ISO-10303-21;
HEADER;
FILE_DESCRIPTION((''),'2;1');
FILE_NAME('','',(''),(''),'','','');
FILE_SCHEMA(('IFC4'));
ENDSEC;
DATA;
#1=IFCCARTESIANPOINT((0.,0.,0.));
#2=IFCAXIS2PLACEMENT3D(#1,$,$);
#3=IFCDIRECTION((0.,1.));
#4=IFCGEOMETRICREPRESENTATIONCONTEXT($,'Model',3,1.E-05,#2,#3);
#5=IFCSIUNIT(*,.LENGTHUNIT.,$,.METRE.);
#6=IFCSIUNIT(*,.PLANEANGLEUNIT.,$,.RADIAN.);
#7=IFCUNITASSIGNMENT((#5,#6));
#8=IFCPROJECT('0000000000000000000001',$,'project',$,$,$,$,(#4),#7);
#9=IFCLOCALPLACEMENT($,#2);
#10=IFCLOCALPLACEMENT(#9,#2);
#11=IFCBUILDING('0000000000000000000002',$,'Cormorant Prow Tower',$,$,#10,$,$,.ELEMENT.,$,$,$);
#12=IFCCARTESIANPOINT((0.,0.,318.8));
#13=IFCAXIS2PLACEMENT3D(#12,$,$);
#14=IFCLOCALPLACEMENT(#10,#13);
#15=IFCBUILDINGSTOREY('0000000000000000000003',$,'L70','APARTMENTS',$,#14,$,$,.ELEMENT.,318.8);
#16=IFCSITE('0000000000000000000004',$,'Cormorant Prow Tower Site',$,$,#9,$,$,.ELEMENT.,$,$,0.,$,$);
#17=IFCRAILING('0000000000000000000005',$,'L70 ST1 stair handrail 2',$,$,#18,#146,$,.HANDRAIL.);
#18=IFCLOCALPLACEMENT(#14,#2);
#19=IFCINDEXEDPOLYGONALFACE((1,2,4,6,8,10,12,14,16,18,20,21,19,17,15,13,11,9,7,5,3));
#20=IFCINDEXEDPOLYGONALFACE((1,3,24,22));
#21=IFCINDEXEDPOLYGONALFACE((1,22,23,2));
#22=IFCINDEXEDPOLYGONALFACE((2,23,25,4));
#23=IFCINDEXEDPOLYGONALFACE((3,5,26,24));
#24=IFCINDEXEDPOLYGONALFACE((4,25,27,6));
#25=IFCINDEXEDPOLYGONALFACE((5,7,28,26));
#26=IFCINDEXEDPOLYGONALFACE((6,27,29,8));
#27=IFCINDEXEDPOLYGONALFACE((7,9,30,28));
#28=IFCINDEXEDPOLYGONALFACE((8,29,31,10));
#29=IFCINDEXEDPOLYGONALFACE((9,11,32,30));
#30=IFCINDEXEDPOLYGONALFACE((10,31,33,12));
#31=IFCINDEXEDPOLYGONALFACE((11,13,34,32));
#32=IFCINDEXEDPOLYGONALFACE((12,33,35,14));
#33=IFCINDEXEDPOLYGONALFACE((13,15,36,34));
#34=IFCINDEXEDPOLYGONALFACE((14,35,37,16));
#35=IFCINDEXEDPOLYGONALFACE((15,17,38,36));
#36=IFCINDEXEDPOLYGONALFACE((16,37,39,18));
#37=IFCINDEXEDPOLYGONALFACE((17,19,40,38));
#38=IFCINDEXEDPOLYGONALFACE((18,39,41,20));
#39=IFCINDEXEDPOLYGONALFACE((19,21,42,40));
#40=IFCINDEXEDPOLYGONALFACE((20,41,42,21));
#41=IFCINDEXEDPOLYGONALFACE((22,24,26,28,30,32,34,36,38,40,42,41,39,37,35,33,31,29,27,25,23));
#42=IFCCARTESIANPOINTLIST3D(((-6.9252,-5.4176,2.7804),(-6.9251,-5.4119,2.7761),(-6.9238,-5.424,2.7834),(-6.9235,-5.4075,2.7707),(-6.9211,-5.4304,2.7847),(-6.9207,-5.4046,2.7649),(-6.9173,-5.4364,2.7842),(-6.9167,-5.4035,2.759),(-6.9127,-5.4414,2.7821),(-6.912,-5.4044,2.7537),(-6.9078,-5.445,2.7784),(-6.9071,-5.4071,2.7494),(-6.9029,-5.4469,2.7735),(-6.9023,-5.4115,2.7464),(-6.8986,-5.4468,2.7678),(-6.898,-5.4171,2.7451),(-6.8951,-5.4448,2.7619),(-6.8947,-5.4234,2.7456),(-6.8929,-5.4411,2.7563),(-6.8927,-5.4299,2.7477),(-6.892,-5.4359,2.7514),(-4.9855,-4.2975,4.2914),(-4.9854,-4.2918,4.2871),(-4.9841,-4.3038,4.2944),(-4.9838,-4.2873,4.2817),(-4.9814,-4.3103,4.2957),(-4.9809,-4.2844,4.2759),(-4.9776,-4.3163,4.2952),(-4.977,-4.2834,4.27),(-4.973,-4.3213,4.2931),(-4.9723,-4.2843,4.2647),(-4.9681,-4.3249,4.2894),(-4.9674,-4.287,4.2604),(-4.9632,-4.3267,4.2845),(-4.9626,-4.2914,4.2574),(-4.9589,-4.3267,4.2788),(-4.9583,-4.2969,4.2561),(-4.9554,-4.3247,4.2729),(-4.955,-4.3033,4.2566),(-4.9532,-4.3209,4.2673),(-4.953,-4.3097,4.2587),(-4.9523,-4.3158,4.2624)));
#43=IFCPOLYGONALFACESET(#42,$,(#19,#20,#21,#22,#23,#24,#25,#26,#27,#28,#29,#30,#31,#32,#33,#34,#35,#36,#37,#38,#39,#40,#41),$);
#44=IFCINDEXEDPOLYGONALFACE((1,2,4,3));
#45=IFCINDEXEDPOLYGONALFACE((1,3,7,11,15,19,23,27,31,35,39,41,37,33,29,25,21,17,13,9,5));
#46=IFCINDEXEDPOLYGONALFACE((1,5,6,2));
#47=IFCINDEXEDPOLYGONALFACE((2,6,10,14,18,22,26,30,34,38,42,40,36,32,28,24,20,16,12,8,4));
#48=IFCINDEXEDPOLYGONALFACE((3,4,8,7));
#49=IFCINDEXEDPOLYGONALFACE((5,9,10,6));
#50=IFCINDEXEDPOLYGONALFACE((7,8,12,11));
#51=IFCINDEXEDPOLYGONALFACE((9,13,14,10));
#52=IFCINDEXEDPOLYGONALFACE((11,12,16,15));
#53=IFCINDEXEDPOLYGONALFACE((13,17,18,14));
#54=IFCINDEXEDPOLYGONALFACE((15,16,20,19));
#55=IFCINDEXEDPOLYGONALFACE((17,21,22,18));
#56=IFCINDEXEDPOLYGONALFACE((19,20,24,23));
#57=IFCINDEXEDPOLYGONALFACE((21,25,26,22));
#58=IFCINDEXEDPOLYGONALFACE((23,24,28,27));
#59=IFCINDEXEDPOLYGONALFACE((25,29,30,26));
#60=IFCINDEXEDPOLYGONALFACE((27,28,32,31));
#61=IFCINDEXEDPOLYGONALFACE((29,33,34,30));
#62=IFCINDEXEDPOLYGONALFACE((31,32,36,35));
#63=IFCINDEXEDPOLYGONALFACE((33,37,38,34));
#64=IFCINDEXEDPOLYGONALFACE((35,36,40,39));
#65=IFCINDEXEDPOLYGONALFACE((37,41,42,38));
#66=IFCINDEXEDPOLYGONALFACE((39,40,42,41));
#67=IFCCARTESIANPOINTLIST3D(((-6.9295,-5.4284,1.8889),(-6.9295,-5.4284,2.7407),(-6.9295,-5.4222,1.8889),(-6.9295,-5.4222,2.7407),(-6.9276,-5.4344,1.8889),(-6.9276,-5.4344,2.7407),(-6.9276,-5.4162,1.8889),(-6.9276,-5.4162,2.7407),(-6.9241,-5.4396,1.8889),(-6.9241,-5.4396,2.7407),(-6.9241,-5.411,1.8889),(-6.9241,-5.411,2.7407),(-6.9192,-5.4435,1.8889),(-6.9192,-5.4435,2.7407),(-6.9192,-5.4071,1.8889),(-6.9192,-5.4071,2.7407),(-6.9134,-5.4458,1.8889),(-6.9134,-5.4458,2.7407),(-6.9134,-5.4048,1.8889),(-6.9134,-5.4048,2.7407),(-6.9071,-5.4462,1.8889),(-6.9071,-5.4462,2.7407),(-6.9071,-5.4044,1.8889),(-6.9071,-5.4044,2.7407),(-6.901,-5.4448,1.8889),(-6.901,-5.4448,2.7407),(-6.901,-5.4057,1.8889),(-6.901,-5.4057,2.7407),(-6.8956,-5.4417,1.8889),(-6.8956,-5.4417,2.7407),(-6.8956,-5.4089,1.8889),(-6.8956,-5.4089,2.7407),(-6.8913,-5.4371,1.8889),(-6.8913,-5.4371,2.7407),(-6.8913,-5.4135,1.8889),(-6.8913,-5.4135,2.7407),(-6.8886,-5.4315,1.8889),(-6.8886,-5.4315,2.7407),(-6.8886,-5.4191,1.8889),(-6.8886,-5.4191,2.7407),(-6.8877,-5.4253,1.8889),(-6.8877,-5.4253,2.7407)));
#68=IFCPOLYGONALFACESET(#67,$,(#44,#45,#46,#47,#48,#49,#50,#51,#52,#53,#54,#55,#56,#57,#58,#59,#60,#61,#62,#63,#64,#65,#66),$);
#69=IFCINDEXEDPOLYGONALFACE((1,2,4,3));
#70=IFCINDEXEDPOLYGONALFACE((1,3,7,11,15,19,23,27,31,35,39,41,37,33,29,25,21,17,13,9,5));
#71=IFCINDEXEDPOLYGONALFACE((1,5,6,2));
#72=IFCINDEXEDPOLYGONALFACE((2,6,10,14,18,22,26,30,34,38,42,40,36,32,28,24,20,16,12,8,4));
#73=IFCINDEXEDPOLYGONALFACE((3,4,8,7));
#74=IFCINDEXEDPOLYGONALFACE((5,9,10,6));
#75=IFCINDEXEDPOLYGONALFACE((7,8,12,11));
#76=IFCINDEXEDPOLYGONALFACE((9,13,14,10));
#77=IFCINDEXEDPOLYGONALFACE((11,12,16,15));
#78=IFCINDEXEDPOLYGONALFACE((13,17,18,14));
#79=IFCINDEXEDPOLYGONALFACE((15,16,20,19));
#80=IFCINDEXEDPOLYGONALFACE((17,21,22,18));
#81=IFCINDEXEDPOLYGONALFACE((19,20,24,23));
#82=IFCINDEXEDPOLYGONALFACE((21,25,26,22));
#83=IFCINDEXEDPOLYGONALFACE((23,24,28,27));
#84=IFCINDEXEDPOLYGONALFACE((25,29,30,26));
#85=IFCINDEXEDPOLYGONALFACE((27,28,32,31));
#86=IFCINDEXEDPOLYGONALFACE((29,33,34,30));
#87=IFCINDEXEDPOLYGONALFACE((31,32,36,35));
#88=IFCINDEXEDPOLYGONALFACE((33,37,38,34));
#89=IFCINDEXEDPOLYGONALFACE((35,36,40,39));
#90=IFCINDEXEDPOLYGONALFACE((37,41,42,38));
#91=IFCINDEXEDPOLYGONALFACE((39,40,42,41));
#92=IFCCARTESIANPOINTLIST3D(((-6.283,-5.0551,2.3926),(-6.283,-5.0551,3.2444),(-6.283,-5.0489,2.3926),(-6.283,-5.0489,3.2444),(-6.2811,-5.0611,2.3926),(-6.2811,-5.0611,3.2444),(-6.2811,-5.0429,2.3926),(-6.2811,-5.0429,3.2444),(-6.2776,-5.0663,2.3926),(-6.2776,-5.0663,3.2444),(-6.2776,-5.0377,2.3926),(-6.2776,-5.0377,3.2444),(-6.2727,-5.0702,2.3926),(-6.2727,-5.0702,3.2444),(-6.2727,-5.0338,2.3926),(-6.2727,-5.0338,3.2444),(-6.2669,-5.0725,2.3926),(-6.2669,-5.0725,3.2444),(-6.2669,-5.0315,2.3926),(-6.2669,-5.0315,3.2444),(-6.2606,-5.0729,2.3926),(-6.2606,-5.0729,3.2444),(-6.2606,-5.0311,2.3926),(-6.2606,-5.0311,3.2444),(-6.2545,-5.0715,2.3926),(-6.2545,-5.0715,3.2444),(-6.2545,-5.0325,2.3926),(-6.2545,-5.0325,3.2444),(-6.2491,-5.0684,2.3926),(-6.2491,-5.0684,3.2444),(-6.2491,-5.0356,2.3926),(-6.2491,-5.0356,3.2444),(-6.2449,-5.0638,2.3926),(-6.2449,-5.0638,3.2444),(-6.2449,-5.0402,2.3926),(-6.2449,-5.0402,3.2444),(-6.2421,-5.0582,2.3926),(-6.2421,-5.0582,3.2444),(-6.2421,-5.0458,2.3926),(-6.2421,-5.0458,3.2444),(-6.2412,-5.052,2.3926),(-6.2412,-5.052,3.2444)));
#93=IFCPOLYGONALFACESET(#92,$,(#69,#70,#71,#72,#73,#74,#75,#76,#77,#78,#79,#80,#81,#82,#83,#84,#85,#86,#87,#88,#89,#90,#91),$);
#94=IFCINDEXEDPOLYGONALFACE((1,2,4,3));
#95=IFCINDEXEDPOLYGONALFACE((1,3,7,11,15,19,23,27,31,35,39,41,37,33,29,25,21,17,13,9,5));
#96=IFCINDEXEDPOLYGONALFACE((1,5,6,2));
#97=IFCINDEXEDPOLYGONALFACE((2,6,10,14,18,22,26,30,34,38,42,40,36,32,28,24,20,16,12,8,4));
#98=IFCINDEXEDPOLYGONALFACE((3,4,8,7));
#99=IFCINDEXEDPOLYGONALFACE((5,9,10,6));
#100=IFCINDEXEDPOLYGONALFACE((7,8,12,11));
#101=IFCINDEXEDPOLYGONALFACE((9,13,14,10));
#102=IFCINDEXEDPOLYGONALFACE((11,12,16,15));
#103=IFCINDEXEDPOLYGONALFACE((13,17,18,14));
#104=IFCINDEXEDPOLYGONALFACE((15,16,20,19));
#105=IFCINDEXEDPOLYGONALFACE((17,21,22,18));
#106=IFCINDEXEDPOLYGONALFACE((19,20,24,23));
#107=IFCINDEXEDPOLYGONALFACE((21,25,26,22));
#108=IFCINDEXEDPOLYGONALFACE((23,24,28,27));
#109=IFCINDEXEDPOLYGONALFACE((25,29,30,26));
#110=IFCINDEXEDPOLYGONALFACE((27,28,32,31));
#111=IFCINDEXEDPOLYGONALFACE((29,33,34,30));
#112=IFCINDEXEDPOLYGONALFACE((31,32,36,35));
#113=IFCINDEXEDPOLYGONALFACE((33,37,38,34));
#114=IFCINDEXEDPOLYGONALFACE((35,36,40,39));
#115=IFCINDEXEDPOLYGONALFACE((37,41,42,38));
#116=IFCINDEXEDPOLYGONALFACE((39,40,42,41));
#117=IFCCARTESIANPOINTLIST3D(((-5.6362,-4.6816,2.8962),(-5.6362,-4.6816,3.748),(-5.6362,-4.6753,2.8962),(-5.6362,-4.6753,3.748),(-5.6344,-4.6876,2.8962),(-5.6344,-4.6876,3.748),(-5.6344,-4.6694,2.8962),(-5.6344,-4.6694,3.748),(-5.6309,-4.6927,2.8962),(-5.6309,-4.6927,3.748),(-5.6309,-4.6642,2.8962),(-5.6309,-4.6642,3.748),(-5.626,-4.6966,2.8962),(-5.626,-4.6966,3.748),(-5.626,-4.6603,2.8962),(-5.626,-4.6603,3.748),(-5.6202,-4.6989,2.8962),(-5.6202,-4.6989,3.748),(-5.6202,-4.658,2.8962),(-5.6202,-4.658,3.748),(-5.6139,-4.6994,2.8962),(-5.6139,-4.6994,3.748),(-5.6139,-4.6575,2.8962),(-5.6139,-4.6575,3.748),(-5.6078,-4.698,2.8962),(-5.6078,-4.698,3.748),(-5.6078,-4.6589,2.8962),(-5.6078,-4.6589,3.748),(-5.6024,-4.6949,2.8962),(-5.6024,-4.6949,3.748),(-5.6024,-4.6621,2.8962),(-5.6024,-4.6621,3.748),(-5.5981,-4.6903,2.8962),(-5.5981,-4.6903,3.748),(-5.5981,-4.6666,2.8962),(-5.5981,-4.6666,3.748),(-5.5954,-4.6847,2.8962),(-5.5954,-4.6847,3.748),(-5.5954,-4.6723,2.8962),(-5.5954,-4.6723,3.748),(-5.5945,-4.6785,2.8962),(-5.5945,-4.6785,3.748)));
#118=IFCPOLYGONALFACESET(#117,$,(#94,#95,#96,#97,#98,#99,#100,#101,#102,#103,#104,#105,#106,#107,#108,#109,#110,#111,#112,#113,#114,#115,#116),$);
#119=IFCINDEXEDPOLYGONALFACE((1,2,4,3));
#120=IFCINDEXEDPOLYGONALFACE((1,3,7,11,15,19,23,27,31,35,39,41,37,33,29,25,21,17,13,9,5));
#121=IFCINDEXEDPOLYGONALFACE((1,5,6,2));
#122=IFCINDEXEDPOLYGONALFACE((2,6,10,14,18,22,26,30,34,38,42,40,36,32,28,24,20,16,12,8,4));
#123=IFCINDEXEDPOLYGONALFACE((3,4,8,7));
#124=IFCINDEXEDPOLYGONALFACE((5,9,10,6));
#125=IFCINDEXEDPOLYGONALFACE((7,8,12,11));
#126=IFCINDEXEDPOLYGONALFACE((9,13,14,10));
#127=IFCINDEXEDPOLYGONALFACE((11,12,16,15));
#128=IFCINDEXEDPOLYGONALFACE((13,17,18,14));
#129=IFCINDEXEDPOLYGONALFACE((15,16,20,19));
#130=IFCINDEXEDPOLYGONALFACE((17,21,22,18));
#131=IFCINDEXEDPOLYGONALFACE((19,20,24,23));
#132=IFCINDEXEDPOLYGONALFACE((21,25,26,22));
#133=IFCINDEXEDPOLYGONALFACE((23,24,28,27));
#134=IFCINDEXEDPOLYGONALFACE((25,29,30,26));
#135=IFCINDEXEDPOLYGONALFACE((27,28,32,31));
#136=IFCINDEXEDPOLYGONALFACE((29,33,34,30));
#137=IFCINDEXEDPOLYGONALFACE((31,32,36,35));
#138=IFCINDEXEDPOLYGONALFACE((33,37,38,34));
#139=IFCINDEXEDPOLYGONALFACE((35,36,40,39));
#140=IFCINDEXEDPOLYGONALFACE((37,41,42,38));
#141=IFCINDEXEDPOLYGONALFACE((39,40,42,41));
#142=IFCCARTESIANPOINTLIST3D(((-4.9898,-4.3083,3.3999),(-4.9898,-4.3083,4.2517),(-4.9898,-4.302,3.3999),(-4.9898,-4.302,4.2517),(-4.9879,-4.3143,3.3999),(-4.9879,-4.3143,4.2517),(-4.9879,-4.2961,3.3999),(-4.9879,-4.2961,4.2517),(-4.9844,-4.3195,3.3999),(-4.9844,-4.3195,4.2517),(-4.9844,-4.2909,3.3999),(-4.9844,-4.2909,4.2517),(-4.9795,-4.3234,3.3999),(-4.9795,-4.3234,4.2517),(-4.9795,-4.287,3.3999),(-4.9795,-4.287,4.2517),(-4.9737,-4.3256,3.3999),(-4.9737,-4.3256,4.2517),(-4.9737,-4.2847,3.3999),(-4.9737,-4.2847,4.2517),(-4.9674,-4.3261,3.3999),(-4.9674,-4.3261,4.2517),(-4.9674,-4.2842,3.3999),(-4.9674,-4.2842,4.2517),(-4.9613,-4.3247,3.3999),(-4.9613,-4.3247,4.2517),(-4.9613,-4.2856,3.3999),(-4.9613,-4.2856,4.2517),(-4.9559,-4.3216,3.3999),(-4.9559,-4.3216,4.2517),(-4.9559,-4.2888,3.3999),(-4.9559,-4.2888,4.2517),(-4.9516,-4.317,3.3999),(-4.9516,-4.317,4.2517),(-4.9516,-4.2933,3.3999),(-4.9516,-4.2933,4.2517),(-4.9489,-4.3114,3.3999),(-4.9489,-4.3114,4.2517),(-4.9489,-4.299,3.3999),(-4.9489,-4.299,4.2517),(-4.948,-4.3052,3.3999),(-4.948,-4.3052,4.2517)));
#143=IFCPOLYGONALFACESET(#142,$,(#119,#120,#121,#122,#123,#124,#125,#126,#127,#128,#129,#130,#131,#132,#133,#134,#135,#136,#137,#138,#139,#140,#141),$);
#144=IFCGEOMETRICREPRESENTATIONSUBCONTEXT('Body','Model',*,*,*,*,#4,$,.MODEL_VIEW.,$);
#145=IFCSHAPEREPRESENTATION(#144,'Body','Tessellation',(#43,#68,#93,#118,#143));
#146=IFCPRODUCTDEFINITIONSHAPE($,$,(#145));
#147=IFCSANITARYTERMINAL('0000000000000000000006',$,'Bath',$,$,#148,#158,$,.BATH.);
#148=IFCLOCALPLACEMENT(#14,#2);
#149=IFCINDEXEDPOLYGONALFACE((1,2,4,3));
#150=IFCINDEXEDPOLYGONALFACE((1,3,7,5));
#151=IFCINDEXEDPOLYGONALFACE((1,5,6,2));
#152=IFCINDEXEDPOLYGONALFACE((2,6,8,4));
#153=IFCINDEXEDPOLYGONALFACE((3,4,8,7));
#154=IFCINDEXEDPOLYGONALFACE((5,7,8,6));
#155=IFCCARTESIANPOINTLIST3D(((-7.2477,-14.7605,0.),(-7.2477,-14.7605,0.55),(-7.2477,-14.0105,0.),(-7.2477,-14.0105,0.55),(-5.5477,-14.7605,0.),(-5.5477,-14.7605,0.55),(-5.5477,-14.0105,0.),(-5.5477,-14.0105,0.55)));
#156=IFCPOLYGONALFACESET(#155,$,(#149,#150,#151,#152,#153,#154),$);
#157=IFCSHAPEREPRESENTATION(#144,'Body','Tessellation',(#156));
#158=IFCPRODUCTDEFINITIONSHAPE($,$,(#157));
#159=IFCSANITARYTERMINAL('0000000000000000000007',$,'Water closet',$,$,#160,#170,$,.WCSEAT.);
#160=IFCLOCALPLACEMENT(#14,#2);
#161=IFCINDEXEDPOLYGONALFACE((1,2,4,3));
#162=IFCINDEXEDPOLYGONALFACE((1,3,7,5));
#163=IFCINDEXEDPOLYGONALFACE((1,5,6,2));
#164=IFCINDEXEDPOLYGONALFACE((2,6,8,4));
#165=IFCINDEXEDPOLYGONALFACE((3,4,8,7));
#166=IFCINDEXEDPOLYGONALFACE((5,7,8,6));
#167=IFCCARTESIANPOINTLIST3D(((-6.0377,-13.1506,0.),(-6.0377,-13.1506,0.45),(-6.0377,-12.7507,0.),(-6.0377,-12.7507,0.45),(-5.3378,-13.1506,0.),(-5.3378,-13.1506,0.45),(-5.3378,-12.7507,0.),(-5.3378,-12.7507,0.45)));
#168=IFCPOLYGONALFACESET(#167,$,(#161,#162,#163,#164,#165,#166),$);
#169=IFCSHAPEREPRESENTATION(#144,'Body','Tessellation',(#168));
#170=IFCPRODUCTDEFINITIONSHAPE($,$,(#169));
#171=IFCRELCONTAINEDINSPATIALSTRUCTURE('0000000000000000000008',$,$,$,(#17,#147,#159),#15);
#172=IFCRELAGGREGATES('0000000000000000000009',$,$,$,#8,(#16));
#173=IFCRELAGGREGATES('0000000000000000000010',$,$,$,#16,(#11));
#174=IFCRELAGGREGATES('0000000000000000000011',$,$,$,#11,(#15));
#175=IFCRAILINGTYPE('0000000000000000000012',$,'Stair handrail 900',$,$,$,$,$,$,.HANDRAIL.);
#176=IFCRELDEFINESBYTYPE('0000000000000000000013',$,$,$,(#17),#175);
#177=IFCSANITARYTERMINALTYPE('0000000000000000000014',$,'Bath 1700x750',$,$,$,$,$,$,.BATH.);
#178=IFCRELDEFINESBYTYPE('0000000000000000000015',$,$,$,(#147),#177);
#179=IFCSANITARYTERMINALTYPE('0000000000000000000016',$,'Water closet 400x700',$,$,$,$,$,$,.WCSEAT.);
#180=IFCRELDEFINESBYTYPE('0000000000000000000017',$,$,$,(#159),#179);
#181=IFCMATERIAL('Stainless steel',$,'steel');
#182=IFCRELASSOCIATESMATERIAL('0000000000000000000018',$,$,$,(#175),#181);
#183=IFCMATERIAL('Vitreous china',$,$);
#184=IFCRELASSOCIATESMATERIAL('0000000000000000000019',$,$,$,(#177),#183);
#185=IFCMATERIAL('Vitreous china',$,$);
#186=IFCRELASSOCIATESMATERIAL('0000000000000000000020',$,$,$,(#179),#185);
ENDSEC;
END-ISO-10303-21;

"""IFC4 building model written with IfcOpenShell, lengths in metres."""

from ifc_helpers import new_model, si_unit, direction, frame, origin, origin_2d, place, context, subcontext, project, spatial, rectangle, circle, extrude, material, type_object, element, save


model = new_model("IFC4")

# Units and contexts
model_context = context("Model", 3, precision=1e-05, world=origin(), true_north=direction((0.0, 1.0)))
body_context = subcontext(model_context, "Body", "Model", "MODEL_VIEW")
ifc_project = project(units=[si_unit("LENGTHUNIT", "METRE"), si_unit("PLANEANGLEUNIT", "RADIAN")], contexts=[model_context])

# Site, building, storey
site_placement = place(None, origin())
site = spatial("IfcSite", under=ifc_project, at=site_placement, Name="Cormorant Prow Tower Site", CompositionType="ELEMENT", RefElevation=0.0)
building_placement = place(site_placement, origin())
building = spatial("IfcBuilding", under=site, at=building_placement, Name="Cormorant Prow Tower", CompositionType="ELEMENT")
storey_placement = place(building_placement, frame((0.0, 0.0, 318.8)))
storey = spatial("IfcBuildingStorey", under=building, at=storey_placement, Name="L70", Description="APARTMENTS", CompositionType="ELEMENT", Elevation=318.8)

# Railing
ifc_material_1 = material(Name="Stainless steel", Category="steel")
railing_type_1 = type_object("IfcRailingType", Name="Stair handrail 900", PredefinedType="HANDRAIL", material=ifc_material_1)
railing_1_placement = place(storey_placement, frame((-6.9087, -5.4253, 1.8889)))
element("IfcRailing", 1, at=railing_1_placement, inside=storey, type_object=railing_type_1, Name="L70 ST1 stair handrail 2", PredefinedType="HANDRAIL", context=body_context, shape_type="SweptSolid", body=[
    extrude(circle(Radius=0.0239, at=origin_2d()), frame((0.0, 0.0, 0.876), z_axis=(0.717906, 0.414569, 0.559235), x_axis=(-0.500078, 0.86598, 0.0)), (0.0, 0.0, 1.0), 2.7019),
    extrude(circle(Radius=0.021, at=origin_2d()), origin(), (0.0, 0.0, 1.0), 0.8518),
    extrude(circle(Radius=0.021, at=origin_2d()), frame((0.6465, 0.3733, 0.5037)), (0.0, 0.0, 1.0), 0.8518),
    extrude(circle(Radius=0.021, at=origin_2d()), frame((1.2932, 0.7468, 1.0073)), (0.0, 0.0, 1.0), 0.8518),
    extrude(circle(Radius=0.021, at=origin_2d()), frame((1.9397, 1.1201, 1.511)), (0.0, 0.0, 1.0), 0.8518),
])

# Sanitary terminals
ifc_material_2 = material(Name="Vitreous china")
sanitary_terminal_type_1 = type_object("IfcSanitaryTerminalType", Name="Bath 1700x750", PredefinedType="BATH", material=ifc_material_2)
sanitary_terminal_1_placement = place(storey_placement, frame((-6.3977, -14.3855, 0.0), z_axis=(0.0, 0.0, 1.0), x_axis=(1.0, 0.0, 0.0)))
element("IfcSanitaryTerminal", 2, at=sanitary_terminal_1_placement, inside=storey, type_object=sanitary_terminal_type_1, Name="Bath", PredefinedType="BATH", context=body_context, shape_type="SweptSolid", body=[
    extrude(rectangle(XDim=1.7, YDim=0.75, at=origin_2d()), origin(), (0.0, 0.0, 1.0), 0.55),
])
ifc_material_3 = material(Name="Vitreous china")
sanitary_terminal_type_2 = type_object("IfcSanitaryTerminalType", Name="Water closet 400x700", PredefinedType="WCSEAT", material=ifc_material_3)
sanitary_terminal_2_placement = place(storey_placement, frame((-5.6877, -12.9507, 0.0), z_axis=(0.0, 0.0, 1.0), x_axis=(0.0, -1.0, 0.0)))
element("IfcSanitaryTerminal", 3, at=sanitary_terminal_2_placement, inside=storey, type_object=sanitary_terminal_type_2, Name="Water closet", PredefinedType="WCSEAT", context=body_context, shape_type="SweptSolid", body=[
    extrude(rectangle(XDim=0.3999, YDim=0.7, at=origin_2d()), origin(), (0.0, 0.0, 1.0), 0.45),
])

save(model, "model.ifc")
